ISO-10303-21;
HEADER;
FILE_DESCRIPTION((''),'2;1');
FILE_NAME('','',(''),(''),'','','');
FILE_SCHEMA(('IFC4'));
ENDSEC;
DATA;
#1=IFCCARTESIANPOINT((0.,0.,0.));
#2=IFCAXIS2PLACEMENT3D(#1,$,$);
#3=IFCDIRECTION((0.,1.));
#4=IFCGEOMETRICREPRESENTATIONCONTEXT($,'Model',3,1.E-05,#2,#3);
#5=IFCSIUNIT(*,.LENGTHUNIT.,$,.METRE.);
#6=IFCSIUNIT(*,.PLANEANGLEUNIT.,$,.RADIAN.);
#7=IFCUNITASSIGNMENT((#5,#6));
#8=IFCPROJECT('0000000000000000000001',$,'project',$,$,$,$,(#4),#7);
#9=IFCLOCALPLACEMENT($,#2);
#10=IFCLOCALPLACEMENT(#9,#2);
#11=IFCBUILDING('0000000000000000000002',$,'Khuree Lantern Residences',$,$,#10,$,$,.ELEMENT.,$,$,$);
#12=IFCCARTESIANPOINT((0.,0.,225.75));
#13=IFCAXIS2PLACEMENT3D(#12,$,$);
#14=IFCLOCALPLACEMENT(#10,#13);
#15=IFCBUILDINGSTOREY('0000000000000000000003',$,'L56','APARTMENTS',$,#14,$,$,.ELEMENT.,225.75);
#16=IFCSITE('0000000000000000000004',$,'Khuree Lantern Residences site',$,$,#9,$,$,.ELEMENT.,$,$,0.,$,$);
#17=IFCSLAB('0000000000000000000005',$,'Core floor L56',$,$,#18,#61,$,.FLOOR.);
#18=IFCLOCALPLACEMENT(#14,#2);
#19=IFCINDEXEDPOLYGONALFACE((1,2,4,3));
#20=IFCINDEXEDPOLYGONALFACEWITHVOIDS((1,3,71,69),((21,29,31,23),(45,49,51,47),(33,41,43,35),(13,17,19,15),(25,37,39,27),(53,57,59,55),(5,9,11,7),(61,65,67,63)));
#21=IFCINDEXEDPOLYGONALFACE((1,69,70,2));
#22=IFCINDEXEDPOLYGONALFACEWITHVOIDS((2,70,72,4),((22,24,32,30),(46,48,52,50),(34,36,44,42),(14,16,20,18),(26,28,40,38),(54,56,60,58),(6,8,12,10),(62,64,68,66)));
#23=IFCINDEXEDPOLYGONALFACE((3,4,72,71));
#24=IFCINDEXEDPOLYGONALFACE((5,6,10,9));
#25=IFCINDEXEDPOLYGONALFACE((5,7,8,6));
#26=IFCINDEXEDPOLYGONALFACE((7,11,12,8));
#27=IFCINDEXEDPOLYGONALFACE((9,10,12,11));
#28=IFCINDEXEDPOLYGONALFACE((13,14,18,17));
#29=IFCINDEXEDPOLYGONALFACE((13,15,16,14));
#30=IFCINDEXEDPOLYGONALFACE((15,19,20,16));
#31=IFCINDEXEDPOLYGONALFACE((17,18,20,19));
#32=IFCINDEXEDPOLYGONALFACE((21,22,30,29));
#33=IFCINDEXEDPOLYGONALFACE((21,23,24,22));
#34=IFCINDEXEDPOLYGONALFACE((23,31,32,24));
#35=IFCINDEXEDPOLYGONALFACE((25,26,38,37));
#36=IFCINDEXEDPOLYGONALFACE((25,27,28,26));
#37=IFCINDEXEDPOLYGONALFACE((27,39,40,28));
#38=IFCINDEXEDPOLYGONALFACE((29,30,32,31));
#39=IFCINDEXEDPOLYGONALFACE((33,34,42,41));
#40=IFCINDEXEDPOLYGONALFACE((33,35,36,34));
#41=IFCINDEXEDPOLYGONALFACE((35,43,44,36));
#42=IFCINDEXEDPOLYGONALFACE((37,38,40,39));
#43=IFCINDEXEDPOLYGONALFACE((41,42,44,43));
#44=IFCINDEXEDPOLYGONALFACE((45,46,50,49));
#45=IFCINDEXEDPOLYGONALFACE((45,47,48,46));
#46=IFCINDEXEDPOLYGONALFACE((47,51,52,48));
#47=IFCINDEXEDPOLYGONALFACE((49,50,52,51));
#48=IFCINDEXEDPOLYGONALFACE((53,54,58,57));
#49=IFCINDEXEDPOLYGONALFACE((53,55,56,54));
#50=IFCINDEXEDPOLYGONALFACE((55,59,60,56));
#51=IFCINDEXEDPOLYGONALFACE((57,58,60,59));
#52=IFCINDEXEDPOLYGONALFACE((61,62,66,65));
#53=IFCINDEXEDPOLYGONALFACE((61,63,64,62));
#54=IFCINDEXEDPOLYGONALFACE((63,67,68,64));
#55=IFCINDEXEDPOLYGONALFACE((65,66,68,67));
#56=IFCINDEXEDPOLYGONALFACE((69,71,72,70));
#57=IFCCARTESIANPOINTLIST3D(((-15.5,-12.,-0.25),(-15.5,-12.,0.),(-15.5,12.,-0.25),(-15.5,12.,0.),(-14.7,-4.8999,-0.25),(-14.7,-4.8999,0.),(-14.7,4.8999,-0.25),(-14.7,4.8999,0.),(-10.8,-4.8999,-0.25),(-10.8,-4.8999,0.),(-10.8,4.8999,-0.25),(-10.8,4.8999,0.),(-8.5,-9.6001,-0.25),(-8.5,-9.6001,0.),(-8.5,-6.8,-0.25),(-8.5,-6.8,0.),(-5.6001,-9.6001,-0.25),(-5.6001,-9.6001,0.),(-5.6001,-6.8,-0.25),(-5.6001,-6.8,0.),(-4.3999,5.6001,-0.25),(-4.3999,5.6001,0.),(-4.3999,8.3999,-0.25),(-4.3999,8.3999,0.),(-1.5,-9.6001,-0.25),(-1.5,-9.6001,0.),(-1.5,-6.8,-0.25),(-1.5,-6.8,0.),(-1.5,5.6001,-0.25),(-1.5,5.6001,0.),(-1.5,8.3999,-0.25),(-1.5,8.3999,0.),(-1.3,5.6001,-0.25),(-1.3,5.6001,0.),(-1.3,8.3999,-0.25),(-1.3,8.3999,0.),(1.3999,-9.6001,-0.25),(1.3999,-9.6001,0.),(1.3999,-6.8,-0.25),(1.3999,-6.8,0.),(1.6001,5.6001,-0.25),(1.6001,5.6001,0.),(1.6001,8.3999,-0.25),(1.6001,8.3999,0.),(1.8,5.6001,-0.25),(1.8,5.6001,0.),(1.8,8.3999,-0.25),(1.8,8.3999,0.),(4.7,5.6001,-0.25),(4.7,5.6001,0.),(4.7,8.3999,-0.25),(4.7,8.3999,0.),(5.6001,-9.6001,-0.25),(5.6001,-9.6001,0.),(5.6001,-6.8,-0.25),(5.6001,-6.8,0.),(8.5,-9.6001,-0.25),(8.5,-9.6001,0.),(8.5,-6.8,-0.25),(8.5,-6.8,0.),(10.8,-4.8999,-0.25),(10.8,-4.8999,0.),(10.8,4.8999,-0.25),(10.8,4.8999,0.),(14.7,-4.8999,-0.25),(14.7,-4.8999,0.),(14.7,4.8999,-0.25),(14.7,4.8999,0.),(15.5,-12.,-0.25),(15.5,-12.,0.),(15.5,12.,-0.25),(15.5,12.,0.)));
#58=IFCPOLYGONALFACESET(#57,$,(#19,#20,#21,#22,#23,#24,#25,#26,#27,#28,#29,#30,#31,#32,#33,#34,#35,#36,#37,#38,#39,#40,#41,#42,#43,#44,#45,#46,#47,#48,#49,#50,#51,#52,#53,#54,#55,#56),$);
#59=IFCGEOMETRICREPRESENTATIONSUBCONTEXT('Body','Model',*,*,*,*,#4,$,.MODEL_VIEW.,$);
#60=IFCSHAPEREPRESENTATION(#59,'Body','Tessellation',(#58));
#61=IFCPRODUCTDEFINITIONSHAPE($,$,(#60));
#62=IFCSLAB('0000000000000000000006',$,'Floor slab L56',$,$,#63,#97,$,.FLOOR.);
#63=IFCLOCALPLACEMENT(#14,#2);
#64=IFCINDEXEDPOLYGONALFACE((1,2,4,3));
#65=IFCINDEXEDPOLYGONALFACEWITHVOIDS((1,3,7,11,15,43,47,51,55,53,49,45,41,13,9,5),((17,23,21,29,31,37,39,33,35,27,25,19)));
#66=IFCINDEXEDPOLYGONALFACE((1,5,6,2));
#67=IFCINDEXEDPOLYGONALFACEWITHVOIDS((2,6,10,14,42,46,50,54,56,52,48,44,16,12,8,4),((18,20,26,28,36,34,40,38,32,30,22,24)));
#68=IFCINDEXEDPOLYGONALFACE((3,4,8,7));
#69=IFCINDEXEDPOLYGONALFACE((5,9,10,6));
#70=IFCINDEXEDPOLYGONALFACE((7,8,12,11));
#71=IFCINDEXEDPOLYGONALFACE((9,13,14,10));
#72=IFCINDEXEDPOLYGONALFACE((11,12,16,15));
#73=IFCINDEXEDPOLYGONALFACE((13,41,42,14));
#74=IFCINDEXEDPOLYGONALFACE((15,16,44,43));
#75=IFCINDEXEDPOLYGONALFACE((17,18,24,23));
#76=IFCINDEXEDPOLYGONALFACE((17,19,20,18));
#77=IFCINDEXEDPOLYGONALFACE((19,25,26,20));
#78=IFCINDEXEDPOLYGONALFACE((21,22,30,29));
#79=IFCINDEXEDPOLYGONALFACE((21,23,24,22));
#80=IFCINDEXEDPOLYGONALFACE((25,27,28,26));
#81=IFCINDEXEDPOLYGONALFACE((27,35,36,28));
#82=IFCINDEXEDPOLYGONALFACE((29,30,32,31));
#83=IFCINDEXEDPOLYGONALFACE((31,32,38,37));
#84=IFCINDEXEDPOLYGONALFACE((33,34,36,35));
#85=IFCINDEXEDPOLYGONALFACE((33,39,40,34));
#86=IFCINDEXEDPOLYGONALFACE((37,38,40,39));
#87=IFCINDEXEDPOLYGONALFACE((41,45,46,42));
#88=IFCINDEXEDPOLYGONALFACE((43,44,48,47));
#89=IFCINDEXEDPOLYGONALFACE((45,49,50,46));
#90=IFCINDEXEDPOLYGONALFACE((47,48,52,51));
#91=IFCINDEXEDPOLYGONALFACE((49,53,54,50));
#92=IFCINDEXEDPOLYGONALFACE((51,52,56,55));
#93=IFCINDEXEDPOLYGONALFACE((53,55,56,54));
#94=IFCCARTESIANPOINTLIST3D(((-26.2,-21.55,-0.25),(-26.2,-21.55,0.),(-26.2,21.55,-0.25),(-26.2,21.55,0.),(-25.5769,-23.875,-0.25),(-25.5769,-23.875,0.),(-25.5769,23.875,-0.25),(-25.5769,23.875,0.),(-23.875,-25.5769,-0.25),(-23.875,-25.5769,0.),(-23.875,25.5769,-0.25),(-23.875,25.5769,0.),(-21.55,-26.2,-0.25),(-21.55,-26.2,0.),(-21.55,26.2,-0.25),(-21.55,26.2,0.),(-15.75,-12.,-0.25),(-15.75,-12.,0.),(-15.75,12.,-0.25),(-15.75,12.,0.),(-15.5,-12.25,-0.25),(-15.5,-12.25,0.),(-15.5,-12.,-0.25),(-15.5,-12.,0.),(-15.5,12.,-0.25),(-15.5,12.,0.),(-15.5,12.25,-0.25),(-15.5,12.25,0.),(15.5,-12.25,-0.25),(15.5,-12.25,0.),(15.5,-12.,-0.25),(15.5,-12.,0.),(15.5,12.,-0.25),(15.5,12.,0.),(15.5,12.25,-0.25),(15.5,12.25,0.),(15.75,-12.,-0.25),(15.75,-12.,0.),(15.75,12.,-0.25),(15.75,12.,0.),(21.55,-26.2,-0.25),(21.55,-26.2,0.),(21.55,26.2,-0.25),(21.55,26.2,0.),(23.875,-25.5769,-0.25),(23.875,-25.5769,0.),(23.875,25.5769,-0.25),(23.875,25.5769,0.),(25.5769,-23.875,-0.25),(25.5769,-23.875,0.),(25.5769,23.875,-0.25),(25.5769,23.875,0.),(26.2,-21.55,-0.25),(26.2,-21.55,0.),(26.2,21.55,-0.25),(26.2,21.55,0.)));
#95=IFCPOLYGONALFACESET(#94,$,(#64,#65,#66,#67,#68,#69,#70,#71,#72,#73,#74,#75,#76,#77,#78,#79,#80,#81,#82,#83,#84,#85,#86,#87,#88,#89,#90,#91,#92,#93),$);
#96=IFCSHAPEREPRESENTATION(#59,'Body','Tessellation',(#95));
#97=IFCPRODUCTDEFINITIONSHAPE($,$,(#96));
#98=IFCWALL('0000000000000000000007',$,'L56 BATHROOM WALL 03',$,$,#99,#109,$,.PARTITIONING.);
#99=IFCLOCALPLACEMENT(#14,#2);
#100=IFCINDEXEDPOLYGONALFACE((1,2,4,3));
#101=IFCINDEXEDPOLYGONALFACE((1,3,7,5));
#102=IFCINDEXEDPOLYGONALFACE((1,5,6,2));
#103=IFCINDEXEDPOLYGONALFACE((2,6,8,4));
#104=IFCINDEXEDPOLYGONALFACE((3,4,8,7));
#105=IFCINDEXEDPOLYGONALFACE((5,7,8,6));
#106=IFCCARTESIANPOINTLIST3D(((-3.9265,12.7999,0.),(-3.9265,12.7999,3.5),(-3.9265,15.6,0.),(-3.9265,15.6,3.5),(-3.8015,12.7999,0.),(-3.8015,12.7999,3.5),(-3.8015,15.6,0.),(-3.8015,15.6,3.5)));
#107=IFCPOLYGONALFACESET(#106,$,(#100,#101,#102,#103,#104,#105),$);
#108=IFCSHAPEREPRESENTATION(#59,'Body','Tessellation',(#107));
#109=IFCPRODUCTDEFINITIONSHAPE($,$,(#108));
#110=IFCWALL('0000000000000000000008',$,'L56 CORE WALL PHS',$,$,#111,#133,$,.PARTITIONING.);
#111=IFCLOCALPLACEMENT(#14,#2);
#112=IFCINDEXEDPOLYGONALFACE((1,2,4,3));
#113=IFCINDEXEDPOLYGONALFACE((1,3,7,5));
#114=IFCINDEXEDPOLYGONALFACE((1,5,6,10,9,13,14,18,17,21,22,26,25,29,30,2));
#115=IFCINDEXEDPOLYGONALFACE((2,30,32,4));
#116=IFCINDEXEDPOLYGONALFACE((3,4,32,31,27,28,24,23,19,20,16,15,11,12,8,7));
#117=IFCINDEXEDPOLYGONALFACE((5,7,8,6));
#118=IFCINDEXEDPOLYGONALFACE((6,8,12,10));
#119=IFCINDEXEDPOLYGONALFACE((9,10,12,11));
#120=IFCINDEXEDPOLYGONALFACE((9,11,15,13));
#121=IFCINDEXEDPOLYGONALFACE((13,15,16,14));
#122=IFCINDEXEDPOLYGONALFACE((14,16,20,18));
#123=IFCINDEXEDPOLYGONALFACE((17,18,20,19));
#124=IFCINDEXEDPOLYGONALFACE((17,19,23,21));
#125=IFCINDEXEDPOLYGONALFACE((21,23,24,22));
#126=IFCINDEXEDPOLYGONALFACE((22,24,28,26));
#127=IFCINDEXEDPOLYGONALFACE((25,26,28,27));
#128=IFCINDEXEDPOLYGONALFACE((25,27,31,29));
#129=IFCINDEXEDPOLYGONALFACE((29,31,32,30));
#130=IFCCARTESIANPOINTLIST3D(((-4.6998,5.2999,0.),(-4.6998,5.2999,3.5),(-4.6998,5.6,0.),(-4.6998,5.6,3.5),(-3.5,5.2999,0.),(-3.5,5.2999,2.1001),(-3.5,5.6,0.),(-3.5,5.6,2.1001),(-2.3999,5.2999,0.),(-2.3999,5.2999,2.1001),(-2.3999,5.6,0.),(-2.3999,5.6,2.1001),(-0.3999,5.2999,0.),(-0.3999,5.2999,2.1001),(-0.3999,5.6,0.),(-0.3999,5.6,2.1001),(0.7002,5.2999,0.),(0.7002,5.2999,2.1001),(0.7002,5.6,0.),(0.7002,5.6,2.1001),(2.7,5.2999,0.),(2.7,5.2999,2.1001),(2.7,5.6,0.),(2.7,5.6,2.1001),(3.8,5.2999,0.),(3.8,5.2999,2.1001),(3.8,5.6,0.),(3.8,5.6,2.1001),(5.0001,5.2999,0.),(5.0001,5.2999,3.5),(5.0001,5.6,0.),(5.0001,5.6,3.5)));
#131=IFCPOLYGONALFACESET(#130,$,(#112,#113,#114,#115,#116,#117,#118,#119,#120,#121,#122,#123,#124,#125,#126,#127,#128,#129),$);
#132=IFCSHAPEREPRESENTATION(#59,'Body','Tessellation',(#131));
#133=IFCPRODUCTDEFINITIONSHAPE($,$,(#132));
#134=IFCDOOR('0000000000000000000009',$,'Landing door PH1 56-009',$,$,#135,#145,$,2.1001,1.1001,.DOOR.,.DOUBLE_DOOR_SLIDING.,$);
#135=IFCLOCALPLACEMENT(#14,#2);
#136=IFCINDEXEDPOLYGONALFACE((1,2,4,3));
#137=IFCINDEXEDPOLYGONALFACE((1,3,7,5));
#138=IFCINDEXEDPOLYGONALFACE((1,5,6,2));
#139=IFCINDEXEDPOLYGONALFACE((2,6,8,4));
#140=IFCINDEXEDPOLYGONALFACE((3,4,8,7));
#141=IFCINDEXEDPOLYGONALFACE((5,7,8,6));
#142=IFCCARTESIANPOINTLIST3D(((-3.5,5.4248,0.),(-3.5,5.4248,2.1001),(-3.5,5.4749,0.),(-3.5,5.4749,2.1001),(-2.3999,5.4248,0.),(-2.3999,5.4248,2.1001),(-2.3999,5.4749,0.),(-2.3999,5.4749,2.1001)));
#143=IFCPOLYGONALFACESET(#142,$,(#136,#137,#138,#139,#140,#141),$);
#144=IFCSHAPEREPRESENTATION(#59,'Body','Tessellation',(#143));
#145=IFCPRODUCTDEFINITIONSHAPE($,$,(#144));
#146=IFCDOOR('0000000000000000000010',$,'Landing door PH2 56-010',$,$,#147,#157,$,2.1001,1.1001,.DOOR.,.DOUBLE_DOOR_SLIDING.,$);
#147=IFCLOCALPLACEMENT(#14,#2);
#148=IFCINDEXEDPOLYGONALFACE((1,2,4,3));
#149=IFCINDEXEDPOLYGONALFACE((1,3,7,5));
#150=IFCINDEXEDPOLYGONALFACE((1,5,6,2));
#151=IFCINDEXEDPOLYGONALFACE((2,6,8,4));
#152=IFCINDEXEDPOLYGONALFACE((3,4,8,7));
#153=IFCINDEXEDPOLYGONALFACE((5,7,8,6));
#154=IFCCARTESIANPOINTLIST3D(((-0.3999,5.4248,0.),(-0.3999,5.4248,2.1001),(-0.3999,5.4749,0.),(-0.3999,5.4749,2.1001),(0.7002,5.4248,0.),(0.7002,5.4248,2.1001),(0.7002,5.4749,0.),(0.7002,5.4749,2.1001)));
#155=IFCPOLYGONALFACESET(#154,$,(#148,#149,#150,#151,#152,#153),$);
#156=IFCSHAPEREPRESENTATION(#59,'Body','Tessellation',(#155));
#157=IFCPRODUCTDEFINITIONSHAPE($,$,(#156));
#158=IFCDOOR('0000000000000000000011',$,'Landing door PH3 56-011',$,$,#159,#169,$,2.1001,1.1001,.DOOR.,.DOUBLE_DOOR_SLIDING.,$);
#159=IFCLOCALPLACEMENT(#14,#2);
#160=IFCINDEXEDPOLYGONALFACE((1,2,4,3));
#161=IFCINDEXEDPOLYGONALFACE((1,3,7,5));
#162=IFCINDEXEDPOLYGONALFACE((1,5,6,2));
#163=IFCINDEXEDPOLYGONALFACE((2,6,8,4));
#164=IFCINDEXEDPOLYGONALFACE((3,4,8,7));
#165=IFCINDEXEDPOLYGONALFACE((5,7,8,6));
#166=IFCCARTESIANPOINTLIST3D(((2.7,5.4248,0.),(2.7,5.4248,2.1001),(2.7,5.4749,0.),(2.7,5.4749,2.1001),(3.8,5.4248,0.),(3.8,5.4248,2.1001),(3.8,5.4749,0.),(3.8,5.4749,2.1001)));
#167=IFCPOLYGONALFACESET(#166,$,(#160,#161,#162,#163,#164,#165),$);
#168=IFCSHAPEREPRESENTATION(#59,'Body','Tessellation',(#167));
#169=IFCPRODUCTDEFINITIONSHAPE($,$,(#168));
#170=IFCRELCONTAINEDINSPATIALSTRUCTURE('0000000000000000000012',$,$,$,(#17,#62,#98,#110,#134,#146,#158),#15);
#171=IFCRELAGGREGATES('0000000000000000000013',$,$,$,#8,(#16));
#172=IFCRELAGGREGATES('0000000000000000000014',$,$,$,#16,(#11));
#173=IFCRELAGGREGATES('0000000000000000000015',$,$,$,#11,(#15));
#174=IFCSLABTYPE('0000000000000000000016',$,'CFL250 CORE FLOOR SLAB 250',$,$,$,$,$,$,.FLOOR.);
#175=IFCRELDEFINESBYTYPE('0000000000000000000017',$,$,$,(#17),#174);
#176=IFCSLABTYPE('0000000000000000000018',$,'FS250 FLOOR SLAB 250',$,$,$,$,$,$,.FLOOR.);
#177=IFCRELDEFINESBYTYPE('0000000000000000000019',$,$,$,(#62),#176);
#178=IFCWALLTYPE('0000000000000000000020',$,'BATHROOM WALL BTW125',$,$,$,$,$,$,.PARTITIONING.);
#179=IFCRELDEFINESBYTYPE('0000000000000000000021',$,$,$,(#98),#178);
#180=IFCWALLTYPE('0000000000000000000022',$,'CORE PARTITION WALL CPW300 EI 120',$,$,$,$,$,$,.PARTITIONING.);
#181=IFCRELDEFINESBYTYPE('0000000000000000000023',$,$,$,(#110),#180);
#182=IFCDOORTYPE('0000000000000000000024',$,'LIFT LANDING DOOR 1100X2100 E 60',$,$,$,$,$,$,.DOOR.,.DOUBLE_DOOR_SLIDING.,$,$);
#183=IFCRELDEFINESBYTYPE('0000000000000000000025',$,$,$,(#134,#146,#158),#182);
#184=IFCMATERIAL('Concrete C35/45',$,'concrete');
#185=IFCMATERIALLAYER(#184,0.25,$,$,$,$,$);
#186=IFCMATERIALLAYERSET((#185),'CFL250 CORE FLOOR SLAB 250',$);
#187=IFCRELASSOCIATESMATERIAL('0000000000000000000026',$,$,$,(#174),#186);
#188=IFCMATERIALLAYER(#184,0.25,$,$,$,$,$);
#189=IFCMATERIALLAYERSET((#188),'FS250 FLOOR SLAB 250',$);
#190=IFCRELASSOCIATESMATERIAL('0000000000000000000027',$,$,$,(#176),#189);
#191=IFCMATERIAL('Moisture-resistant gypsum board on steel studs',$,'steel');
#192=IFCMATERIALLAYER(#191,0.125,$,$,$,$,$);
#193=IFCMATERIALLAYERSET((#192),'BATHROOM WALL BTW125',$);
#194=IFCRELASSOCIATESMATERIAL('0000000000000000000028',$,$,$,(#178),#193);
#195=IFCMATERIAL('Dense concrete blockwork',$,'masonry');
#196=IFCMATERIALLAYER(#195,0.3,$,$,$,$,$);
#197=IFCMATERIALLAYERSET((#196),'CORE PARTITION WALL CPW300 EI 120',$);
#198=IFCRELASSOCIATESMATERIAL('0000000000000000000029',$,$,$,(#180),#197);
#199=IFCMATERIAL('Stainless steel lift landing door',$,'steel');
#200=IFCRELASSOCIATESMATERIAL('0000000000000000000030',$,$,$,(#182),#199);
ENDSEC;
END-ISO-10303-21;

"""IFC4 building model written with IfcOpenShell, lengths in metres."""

from ifc_helpers import new_model, si_unit, direction, frame, frame_2d, origin, place, context, subcontext, project, spatial, polyline, rectangle, outline, extrude, material, layer, layer_set, type_object, element, fill, save


model = new_model("IFC4")

# Units and contexts
model_context = context("Model", 3, precision=1e-05, world=origin(), true_north=direction((0.0, 1.0)))
body_context = subcontext(model_context, "Body", "Model", "MODEL_VIEW")
ifc_project = project(units=[si_unit("LENGTHUNIT", "METRE"), si_unit("PLANEANGLEUNIT", "RADIAN")], contexts=[model_context])

# Site, building, storey
site_placement = place(None, origin())
site = spatial("IfcSite", under=ifc_project, at=site_placement, Name="Khuree Lantern Residences site", CompositionType="ELEMENT", RefElevation=0.0)
building_placement = place(site_placement, origin())
building = spatial("IfcBuilding", under=site, at=building_placement, Name="Khuree Lantern Residences", CompositionType="ELEMENT")
storey_placement = place(building_placement, frame((0.0, 0.0, 225.75)))
storey = spatial("IfcBuildingStorey", under=building, at=storey_placement, Name="L56", Description="APARTMENTS", CompositionType="ELEMENT", Elevation=225.75)

# Slabs
ifc_material_1 = material(Name="Concrete C35/45", Category="concrete")
ifc_layer_1 = layer(ifc_material_1, 0.25)
ifc_layer_set_1 = layer_set([ifc_layer_1], Name="CFL250 CORE FLOOR SLAB 250")
slab_type_1 = type_object("IfcSlabType", Name="CFL250 CORE FLOOR SLAB 250", PredefinedType="FLOOR", material=ifc_layer_set_1)
slab_1_placement = place(storey_placement, frame((0.0, 0.0, -0.25)))
element("IfcSlab", 1, at=slab_1_placement, inside=storey, type_object=slab_type_1, Name="Core floor L56", PredefinedType="FLOOR", context=body_context, shape_type="SweptSolid", body=[
    extrude(outline(polyline([(-15.5, -12.0), (-15.5, 12.0), (15.5, 12.0), (15.5, -12.0), (-15.5, -12.0)]), holes=[polyline([(10.8, 4.8999), (10.8, -4.8999), (14.7, -4.8999), (14.7, 4.8999), (10.8, 4.8999)]), polyline([(5.6001, -6.8), (5.6001, -9.6001), (8.5, -9.6001), (8.5, -6.8), (5.6001, -6.8)]), polyline([(1.8, 8.3999), (1.8, 5.6001), (4.7, 5.6001), (4.7, 8.3999), (1.8, 8.3999)]), polyline([(-1.3, 8.3999), (-1.3, 5.6001), (1.6001, 5.6001), (1.6001, 8.3999), (-1.3, 8.3999)]), polyline([(-1.5, -6.8), (-1.5, -9.6001), (1.3999, -9.6001), (1.3999, -6.8), (-1.5, -6.8)]), polyline([(-4.3999, 8.3999), (-4.3999, 5.6001), (-1.5, 5.6001), (-1.5, 8.3999), (-4.3999, 8.3999)]), polyline([(-8.5, -6.8), (-8.5, -9.6001), (-5.6001, -9.6001), (-5.6001, -6.8), (-8.5, -6.8)]), polyline([(-14.7, 4.8999), (-14.7, -4.8999), (-10.8, -4.8999), (-10.8, 4.8999), (-14.7, 4.8999)])]), origin(), (0.0, 0.0, 1.0), 0.25),
])
ifc_layer_2 = layer(ifc_material_1, 0.25)
ifc_layer_set_2 = layer_set([ifc_layer_2], Name="FS250 FLOOR SLAB 250")
slab_type_2 = type_object("IfcSlabType", Name="FS250 FLOOR SLAB 250", PredefinedType="FLOOR", material=ifc_layer_set_2)
slab_2_placement = place(storey_placement, frame((0.0, 0.0, -0.25)))
element("IfcSlab", 2, at=slab_2_placement, inside=storey, type_object=slab_type_2, Name="Floor slab L56", PredefinedType="FLOOR", context=body_context, shape_type="SweptSolid", body=[
    extrude(outline(polyline([(-23.875, -25.5769), (-25.5769, -23.875), (-26.2, -21.55), (-26.2, 21.55), (-25.5769, 23.875), (-23.875, 25.5769), (-21.55, 26.2), (21.55, 26.2), (23.875, 25.5769), (25.5769, 23.875), (26.2, 21.55), (26.2, -21.55), (25.5769, -23.875), (23.875, -25.5769), (21.55, -26.2), (-21.55, -26.2), (-23.875, -25.5769)]), holes=[polyline([(15.75, 12.0), (15.5, 12.0), (15.5, 12.25), (-15.5, 12.25), (-15.5, 12.0), (-15.75, 12.0), (-15.75, -12.0), (-15.5, -12.0), (-15.5, -12.25), (15.5, -12.25), (15.5, -12.0), (15.75, -12.0), (15.75, 12.0)])]), origin(), (0.0, 0.0, 1.0), 0.25),
])

# Wall
ifc_material_2 = material(Name="Moisture-resistant gypsum board on steel studs", Category="steel")
ifc_layer_3 = layer(ifc_material_2, 0.125)
ifc_layer_set_3 = layer_set([ifc_layer_3], Name="BATHROOM WALL BTW125")
wall_type_1 = type_object("IfcWallType", Name="BATHROOM WALL BTW125", PredefinedType="PARTITIONING", material=ifc_layer_set_3)
wall_1_placement = place(storey_placement, frame((-3.864, 12.8, 0.0), z_axis=(0.0, 0.0, 1.0), x_axis=(0.0, 1.0, 0.0)))
element("IfcWall", 3, at=wall_1_placement, inside=storey, type_object=wall_type_1, Name="L56 BATHROOM WALL 03", PredefinedType="PARTITIONING", context=body_context, shape_type="SweptSolid", body=[
    extrude(rectangle(XDim=2.8, YDim=0.125, at=frame_2d((1.3999, 0.0))), origin(), (0.0, 0.0, 1.0), 3.5),
])

# Wall, openings, doors
ifc_material_3 = material(Name="Dense concrete blockwork", Category="masonry")
ifc_layer_4 = layer(ifc_material_3, 0.3)
ifc_layer_set_4 = layer_set([ifc_layer_4], Name="CORE PARTITION WALL CPW300 EI 120")
wall_type_2 = type_object("IfcWallType", Name="CORE PARTITION WALL CPW300 EI 120", PredefinedType="PARTITIONING", material=ifc_layer_set_4)
wall_2_placement = place(storey_placement, frame((-4.7, 5.45, 0.0), z_axis=(0.0, 0.0, 1.0), x_axis=(1.0, 0.0, 0.0)))
wall_2 = element("IfcWall", 4, at=wall_2_placement, inside=storey, type_object=wall_type_2, Name="L56 CORE WALL PHS", PredefinedType="PARTITIONING", context=body_context, shape_type="SweptSolid", body=[
    extrude(rectangle(XDim=9.7, YDim=0.3, at=frame_2d((4.8501, 0.0))), origin(), (0.0, 0.0, 1.0), 3.5),
])
opening_1_placement = place(wall_2_placement, frame((1.2, 0.0, 0.0)))
opening_1 = element("IfcOpeningElement", 5, at=opening_1_placement, cuts=wall_2, PredefinedType="OPENING", context=body_context, shape_type="SweptSolid", body=[
    extrude(rectangle(XDim=1.1001, YDim=2.1001, at=frame_2d((0.55, 1.05))), frame((0.0, 0.1602, 0.0), z_axis=(0.0, -1.0, 0.0), x_axis=(1.0, 0.0, 0.0)), (0.0, 0.0, 1.0), 0.3201),
])
opening_2_placement = place(wall_2_placement, frame((4.3, 0.0, 0.0)))
opening_2 = element("IfcOpeningElement", 6, at=opening_2_placement, cuts=wall_2, PredefinedType="OPENING", context=body_context, shape_type="SweptSolid", body=[
    extrude(rectangle(XDim=1.1001, YDim=2.1001, at=frame_2d((0.55, 1.05))), frame((0.0, 0.1602, 0.0), z_axis=(0.0, -1.0, 0.0), x_axis=(1.0, 0.0, 0.0)), (0.0, 0.0, 1.0), 0.3201),
])
opening_3_placement = place(wall_2_placement, frame((7.3999, 0.0, 0.0)))
opening_3 = element("IfcOpeningElement", 7, at=opening_3_placement, cuts=wall_2, PredefinedType="OPENING", context=body_context, shape_type="SweptSolid", body=[
    extrude(rectangle(XDim=1.1001, YDim=2.1001, at=frame_2d((0.55, 1.05))), frame((0.0, 0.1602, 0.0), z_axis=(0.0, -1.0, 0.0), x_axis=(1.0, 0.0, 0.0)), (0.0, 0.0, 1.0), 0.3201),
])
ifc_material_4 = material(Name="Stainless steel lift landing door", Category="steel")
door_type_1 = type_object("IfcDoorType", Name="LIFT LANDING DOOR 1100X2100 E 60", OperationType="DOUBLE_DOOR_SLIDING", PredefinedType="DOOR", material=ifc_material_4)
door_1_placement = place(opening_1_placement, origin())
door_1 = element("IfcDoor", 8, at=door_1_placement, inside=storey, type_object=door_type_1, Name="Landing door PH1 56-009", OperationType="DOUBLE_DOOR_SLIDING", OverallHeight=2.1001, OverallWidth=1.1001, PredefinedType="DOOR", context=body_context, shape_type="SweptSolid", body=[
    extrude(rectangle(XDim=1.1001, YDim=2.1001, at=frame_2d((0.55, 1.05))), frame((0.0, 0.0249, 0.0), z_axis=(0.0, -1.0, 0.0), x_axis=(1.0, 0.0, 0.0)), (0.0, 0.0, 1.0), 0.05),
])
fill(opening_1, door_1)
door_2_placement = place(opening_2_placement, origin())
door_2 = element("IfcDoor", 9, at=door_2_placement, inside=storey, type_object=door_type_1, Name="Landing door PH2 56-010", OperationType="DOUBLE_DOOR_SLIDING", OverallHeight=2.1001, OverallWidth=1.1001, PredefinedType="DOOR", context=body_context, shape_type="SweptSolid", body=[
    extrude(rectangle(XDim=1.1001, YDim=2.1001, at=frame_2d((0.55, 1.05))), frame((0.0, 0.0249, 0.0), z_axis=(0.0, -1.0, 0.0), x_axis=(1.0, 0.0, 0.0)), (0.0, 0.0, 1.0), 0.05),
])
fill(opening_2, door_2)
door_3_placement = place(opening_3_placement, origin())
door_3 = element("IfcDoor", 10, at=door_3_placement, inside=storey, type_object=door_type_1, Name="Landing door PH3 56-011", OperationType="DOUBLE_DOOR_SLIDING", OverallHeight=2.1001, OverallWidth=1.1001, PredefinedType="DOOR", context=body_context, shape_type="SweptSolid", body=[
    extrude(rectangle(XDim=1.1001, YDim=2.1001, at=frame_2d((0.55, 1.05))), frame((0.0, 0.0249, 0.0), z_axis=(0.0, -1.0, 0.0), x_axis=(1.0, 0.0, 0.0)), (0.0, 0.0, 1.0), 0.05),
])
fill(opening_3, door_3)

save(model, "model.ifc")
